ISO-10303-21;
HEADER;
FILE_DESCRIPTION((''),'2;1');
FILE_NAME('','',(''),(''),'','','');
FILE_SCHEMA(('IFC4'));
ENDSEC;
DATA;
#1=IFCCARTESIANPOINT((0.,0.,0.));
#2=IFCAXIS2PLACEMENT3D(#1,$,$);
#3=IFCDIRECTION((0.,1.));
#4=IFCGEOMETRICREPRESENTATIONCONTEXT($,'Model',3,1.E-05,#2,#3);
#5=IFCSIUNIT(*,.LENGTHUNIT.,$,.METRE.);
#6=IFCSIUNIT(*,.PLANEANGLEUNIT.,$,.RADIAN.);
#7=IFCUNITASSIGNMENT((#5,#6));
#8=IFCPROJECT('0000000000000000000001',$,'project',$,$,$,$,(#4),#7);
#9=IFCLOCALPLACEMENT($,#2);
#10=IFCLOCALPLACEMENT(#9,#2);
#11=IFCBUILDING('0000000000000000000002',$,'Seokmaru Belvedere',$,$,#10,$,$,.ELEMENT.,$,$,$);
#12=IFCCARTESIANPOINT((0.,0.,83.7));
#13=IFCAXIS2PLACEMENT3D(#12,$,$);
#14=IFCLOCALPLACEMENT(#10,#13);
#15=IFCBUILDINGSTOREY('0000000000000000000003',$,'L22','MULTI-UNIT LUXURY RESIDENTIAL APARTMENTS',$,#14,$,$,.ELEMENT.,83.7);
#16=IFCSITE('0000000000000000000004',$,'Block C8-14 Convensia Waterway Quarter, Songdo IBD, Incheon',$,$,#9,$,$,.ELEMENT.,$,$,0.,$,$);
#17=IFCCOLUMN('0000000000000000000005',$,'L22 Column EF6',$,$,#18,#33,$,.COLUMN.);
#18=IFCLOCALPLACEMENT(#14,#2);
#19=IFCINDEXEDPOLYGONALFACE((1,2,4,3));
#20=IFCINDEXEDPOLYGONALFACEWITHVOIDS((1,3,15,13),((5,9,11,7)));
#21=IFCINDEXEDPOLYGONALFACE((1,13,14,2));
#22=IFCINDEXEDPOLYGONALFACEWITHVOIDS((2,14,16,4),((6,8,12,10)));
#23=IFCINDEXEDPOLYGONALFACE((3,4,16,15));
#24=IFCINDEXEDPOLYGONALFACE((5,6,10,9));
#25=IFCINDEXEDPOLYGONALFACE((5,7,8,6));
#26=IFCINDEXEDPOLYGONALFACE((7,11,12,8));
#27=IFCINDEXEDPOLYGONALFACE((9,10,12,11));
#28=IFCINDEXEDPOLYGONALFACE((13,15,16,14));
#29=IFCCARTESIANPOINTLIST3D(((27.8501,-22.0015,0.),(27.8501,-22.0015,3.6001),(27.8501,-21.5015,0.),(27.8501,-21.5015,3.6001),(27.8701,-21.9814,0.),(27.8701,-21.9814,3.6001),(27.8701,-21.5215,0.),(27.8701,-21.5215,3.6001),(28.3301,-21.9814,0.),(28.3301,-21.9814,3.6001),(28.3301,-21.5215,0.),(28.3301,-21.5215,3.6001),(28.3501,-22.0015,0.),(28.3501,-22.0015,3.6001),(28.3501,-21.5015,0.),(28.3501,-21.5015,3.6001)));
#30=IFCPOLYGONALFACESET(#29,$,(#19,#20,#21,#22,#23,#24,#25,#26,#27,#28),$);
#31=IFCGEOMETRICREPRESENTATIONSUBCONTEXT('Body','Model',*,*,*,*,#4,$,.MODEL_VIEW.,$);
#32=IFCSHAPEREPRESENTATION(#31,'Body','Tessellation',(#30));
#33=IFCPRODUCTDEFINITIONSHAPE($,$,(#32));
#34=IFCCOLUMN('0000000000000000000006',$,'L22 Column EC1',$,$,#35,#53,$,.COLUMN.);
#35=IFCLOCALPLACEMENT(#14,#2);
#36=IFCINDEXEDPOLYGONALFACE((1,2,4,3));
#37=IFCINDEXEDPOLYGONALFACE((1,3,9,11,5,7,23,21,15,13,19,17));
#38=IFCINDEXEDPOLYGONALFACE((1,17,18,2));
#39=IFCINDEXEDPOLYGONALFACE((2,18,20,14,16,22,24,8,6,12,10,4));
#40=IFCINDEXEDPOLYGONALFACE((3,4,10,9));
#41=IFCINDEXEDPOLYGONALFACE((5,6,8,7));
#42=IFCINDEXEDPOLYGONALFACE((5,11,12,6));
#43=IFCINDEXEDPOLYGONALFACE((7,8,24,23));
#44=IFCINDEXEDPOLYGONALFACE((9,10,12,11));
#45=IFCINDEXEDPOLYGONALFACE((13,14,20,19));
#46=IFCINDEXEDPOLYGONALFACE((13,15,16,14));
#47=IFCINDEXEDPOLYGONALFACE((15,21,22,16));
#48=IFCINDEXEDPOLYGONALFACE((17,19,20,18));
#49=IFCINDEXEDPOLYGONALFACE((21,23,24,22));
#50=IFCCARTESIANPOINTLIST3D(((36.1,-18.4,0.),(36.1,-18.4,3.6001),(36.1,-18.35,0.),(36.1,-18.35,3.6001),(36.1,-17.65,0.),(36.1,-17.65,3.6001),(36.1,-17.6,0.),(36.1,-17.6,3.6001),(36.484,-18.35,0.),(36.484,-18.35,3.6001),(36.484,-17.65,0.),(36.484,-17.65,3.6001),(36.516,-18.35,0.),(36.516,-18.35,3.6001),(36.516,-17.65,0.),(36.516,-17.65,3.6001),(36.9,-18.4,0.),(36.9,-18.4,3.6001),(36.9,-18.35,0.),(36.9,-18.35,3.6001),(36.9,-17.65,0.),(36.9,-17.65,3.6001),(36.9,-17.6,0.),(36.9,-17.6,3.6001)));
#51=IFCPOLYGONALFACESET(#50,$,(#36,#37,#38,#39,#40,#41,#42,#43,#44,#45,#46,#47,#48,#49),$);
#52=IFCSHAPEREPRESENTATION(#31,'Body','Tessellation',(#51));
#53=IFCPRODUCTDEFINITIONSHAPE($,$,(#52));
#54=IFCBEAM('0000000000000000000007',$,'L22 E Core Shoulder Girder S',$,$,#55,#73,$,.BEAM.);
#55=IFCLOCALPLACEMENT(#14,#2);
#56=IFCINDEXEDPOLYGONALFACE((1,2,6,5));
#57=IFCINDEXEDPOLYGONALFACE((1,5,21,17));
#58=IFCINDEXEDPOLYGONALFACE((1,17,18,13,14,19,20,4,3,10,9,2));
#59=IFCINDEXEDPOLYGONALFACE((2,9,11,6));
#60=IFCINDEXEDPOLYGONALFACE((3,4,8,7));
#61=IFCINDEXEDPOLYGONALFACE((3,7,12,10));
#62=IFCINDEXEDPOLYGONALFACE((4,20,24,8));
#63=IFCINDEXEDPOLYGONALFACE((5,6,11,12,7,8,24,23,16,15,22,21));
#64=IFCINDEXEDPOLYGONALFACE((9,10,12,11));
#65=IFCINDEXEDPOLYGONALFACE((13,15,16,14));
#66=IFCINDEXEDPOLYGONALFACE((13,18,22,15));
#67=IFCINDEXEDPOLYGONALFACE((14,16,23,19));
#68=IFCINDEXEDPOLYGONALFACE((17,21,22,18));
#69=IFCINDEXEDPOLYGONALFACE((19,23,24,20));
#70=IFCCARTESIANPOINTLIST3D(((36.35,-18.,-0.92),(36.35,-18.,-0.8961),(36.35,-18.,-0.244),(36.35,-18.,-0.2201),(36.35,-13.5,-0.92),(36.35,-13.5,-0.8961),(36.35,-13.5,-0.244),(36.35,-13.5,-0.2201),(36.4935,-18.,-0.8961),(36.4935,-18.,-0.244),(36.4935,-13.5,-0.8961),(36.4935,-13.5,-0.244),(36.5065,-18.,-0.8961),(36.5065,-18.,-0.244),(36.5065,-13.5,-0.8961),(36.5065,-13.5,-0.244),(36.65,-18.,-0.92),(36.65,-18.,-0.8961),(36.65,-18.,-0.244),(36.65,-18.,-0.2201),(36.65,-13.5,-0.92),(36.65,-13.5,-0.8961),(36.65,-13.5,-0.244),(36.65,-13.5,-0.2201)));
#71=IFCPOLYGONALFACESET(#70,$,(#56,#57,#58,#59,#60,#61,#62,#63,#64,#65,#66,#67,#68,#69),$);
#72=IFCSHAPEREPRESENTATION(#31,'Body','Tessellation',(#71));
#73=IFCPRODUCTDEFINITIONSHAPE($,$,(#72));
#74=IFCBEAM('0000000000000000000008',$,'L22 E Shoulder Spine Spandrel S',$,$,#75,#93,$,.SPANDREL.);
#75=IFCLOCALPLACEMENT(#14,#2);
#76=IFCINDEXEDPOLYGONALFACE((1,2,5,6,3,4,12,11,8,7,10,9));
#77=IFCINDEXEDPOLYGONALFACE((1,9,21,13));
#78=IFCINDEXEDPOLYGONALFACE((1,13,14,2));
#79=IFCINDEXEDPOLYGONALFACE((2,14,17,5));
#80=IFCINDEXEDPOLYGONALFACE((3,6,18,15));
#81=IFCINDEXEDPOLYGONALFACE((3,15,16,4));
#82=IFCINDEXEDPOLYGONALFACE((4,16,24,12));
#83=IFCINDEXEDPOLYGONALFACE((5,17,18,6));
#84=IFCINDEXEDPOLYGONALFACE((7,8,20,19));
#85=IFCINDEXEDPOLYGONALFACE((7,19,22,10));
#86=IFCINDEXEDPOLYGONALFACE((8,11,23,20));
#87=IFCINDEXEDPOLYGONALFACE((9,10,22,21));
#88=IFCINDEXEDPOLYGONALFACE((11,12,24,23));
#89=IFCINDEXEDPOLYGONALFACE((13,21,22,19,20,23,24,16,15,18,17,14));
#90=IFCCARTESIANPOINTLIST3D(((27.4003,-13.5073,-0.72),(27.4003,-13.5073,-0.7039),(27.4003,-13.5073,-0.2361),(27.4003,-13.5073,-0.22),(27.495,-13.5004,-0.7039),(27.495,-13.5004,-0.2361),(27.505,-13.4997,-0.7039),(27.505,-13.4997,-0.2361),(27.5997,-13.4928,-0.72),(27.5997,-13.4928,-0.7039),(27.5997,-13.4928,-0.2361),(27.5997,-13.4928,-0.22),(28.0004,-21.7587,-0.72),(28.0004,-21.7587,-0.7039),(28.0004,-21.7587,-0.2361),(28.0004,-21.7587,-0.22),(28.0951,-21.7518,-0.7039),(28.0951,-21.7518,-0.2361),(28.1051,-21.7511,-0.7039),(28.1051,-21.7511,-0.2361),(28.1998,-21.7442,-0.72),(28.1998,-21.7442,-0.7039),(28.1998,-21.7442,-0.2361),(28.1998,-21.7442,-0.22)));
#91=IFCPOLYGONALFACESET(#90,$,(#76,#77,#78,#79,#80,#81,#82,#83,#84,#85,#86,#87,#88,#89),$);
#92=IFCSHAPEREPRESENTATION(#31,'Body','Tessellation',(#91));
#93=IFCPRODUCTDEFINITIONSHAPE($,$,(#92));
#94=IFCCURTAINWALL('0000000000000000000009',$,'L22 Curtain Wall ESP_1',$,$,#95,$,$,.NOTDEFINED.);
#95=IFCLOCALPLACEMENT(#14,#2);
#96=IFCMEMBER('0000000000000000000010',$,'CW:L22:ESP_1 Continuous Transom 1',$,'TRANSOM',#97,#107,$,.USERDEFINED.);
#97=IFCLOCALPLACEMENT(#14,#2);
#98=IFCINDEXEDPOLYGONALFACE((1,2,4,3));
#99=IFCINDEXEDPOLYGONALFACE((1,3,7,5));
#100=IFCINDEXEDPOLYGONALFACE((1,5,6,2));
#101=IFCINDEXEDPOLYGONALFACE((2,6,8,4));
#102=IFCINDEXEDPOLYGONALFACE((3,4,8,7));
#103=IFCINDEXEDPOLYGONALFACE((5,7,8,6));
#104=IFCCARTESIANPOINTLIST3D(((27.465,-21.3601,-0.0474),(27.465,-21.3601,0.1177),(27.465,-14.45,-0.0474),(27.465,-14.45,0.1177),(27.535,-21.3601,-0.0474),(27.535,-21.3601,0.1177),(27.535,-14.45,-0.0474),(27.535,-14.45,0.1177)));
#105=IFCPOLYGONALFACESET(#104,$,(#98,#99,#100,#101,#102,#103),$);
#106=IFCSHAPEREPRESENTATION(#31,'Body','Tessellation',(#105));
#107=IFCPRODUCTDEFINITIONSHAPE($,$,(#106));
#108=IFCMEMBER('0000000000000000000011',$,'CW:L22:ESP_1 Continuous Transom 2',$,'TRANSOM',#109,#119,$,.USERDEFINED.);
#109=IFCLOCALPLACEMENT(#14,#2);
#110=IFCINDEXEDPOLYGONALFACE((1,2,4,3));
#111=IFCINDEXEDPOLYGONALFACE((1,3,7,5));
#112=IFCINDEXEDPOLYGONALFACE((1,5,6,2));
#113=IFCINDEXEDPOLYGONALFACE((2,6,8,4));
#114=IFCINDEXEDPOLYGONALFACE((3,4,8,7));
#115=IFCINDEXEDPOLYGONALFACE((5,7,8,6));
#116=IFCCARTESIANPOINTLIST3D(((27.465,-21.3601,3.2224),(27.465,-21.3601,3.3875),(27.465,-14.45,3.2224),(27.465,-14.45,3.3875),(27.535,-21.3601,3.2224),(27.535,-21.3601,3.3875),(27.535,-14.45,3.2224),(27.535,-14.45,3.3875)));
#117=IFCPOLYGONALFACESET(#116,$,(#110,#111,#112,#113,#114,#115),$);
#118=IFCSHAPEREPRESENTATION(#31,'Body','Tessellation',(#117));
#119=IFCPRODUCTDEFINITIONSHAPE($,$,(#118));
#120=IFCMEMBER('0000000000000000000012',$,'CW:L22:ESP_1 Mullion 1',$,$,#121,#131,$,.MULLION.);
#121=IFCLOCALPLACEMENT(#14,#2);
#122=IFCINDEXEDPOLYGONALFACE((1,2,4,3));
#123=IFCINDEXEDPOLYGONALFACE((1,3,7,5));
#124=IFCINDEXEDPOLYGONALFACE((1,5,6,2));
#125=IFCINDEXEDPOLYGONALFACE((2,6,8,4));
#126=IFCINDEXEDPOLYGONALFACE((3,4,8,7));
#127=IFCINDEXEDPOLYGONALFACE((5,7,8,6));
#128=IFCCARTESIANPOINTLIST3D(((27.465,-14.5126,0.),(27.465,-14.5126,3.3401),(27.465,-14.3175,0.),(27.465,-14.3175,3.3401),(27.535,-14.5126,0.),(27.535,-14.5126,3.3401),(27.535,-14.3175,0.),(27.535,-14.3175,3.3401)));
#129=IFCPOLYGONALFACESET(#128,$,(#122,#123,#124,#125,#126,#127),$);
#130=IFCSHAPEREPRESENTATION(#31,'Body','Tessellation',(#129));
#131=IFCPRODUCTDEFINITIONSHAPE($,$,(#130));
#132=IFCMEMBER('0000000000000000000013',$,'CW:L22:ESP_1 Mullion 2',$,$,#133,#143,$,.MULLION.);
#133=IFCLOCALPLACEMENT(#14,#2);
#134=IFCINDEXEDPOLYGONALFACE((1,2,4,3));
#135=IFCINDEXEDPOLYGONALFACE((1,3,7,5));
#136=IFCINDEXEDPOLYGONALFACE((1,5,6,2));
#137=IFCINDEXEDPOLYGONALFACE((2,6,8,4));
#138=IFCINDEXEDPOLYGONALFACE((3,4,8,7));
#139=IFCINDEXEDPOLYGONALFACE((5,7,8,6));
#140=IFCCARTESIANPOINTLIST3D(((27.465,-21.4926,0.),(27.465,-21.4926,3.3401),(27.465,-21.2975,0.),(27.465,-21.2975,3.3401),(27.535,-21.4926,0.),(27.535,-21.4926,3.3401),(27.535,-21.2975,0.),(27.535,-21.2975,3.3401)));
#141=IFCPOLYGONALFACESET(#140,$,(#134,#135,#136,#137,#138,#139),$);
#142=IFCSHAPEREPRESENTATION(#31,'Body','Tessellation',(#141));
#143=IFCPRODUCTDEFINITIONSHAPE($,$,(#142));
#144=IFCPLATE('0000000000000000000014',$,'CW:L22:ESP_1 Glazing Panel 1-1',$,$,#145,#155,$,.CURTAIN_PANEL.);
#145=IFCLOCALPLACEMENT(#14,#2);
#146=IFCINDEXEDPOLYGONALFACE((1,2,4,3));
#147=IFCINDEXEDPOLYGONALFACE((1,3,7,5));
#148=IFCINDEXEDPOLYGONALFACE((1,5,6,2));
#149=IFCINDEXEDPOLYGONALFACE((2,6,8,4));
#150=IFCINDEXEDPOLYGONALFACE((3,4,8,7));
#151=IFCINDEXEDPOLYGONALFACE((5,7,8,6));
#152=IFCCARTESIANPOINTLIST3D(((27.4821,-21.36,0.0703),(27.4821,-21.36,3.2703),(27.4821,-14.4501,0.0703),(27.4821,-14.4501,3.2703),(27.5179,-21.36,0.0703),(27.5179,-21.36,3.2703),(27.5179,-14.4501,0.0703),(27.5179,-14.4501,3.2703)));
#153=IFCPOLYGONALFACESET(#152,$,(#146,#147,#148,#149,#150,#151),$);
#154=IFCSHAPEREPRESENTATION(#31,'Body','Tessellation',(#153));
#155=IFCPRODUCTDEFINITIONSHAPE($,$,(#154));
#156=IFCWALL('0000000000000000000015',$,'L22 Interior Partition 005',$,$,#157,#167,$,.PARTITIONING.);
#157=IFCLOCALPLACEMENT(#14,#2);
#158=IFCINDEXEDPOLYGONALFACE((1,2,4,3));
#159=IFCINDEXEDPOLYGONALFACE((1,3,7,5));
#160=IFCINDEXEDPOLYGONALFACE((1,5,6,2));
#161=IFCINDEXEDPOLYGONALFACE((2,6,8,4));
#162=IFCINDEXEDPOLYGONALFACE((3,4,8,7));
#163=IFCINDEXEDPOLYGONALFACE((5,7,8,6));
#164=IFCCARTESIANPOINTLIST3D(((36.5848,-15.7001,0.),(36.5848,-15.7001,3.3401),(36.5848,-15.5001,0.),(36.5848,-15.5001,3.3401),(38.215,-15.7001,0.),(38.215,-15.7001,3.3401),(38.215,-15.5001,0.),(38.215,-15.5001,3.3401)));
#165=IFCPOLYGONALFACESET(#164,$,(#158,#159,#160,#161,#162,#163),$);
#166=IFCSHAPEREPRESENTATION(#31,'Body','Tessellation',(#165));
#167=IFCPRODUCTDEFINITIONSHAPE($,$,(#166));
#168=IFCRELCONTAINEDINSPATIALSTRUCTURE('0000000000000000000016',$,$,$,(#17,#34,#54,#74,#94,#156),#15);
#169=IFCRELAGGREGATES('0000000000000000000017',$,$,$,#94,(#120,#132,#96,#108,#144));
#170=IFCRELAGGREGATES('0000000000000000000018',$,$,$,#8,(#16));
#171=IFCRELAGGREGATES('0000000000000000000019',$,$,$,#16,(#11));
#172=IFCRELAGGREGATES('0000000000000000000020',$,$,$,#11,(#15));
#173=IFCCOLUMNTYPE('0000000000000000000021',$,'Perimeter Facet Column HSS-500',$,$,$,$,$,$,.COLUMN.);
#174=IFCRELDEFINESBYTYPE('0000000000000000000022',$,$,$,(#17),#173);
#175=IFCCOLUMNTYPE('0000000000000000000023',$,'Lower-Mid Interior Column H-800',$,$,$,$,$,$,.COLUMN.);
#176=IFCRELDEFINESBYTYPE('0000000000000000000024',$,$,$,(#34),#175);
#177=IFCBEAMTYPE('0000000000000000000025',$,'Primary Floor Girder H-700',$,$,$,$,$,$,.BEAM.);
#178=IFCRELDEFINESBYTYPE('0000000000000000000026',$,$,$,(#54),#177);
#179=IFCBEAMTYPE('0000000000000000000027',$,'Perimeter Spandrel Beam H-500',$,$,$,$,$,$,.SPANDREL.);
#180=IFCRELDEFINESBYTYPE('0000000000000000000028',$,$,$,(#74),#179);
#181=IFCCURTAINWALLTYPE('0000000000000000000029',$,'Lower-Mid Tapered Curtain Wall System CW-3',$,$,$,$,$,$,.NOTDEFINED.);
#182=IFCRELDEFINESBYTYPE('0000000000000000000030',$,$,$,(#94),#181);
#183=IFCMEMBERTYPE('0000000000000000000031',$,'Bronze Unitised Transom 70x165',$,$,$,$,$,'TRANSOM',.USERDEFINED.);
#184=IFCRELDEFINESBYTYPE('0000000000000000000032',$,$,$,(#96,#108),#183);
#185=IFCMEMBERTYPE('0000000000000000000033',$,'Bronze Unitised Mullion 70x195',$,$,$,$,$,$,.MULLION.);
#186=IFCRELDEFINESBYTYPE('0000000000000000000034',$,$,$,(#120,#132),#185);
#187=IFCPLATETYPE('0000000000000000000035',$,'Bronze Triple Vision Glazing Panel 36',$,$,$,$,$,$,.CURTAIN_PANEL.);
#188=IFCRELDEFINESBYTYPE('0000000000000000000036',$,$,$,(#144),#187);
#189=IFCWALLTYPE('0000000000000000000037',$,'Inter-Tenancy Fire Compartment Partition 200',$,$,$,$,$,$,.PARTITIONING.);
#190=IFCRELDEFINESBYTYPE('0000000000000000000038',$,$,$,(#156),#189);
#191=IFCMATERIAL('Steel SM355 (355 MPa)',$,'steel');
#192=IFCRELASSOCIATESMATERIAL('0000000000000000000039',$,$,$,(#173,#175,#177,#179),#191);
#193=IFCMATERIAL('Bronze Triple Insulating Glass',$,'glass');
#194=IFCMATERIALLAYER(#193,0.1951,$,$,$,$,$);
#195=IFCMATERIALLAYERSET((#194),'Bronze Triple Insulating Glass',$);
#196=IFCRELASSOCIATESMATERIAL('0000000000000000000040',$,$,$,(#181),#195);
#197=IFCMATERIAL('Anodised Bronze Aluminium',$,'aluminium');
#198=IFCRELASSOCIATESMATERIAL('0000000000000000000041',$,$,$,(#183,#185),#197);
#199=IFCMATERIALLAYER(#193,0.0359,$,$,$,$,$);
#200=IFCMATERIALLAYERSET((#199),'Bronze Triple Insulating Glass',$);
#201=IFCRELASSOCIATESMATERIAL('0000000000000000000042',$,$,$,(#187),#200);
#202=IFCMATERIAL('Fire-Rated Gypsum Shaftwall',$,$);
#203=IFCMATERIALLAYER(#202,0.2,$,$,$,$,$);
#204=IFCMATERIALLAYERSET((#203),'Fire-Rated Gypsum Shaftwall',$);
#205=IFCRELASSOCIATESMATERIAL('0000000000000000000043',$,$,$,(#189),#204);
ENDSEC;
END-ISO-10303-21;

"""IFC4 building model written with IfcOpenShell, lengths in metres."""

from ifc_helpers import new_model, si_unit, direction, frame, frame_2d, origin, origin_2d, place, context, subcontext, project, spatial, rectangle, hollow_rectangle, i_section, extrude, source, transform, mapped, material, layer, layer_set, material_profile, profile_set, type_object, type_shapes, element, aggregate, save


model = new_model("IFC4")

# Units and contexts
model_context = context("Model", 3, precision=1e-05, world=origin(), true_north=direction((0.0, 1.0)))
body_context = subcontext(model_context, "Body", "Model", "MODEL_VIEW")
ifc_project = project(units=[si_unit("LENGTHUNIT", "METRE"), si_unit("PLANEANGLEUNIT", "RADIAN")], contexts=[model_context])

# Site, building, storey
site_placement = place(None, origin())
site = spatial("IfcSite", under=ifc_project, at=site_placement, Name="Block C8-14 Convensia Waterway Quarter, Songdo IBD, Incheon", CompositionType="ELEMENT", RefElevation=0.0)
building_placement = place(site_placement, origin())
building = spatial("IfcBuilding", under=site, at=building_placement, Name="Seokmaru Belvedere", CompositionType="ELEMENT")
storey_placement = place(building_placement, frame((0.0, 0.0, 83.7)))
storey = spatial("IfcBuildingStorey", under=building, at=storey_placement, Name="L22", Description="MULTI-UNIT LUXURY RESIDENTIAL APARTMENTS", CompositionType="ELEMENT", Elevation=83.7)

# Columns
ifc_material_1 = material(Name="Steel SM355 (355 MPa)", Category="steel")
ifc_material_profile_1 = material_profile(ifc_material_1, hollow_rectangle(XDim=0.5, YDim=0.5, WallThickness=0.02, at=origin_2d()), Name="HSS-500x500x20")
ifc_profile_set_1 = profile_set([ifc_material_profile_1], Name="Steel SM355 (355 MPa)")
column_type_1 = type_object("IfcColumnType", Name="Perimeter Facet Column HSS-500", PredefinedType="COLUMN", material=ifc_profile_set_1)
shared_shape_1 = source(origin(), body_context, "Body", "SweptSolid", [
    extrude(hollow_rectangle(XDim=0.5, YDim=0.5, WallThickness=0.02, at=origin_2d()), origin(), (0.0, 0.0, 1.0), 3.6001),
])
type_shapes(column_type_1, [shared_shape_1])
column_1_placement = place(storey_placement, frame((28.1001, -21.7515, 0.0), z_axis=(0.0, 0.0, 1.0), x_axis=(1.0, 0.0, 0.0)))
element("IfcColumn", 1, at=column_1_placement, inside=storey, type_object=column_type_1, Name="L22 Column EF6", PredefinedType="COLUMN", context=body_context, shape_type="MappedRepresentation", body=[
    mapped(shared_shape_1, transform((0.0, 0.0, 0.0), scale=1.0)),
])
ifc_material_profile_2 = material_profile(ifc_material_1, i_section(OverallWidth=0.8, OverallDepth=0.8, WebThickness=0.032, FlangeThickness=0.05, at=origin_2d()), Name="H-800x800x32x50")
ifc_profile_set_2 = profile_set([ifc_material_profile_2], Name="Steel SM355 (355 MPa)")
column_type_2 = type_object("IfcColumnType", Name="Lower-Mid Interior Column H-800", PredefinedType="COLUMN", material=ifc_profile_set_2)
shared_shape_2 = source(origin(), body_context, "Body", "SweptSolid", [
    extrude(i_section(OverallWidth=0.8, OverallDepth=0.8, WebThickness=0.032, FlangeThickness=0.05, at=origin_2d()), origin(), (0.0, 0.0, 1.0), 3.6001),
])
type_shapes(column_type_2, [shared_shape_2])
column_2_placement = place(storey_placement, frame((36.5, -18.0, 0.0), z_axis=(0.0, 0.0, 1.0), x_axis=(1.0, 0.0, 0.0)))
element("IfcColumn", 2, at=column_2_placement, inside=storey, type_object=column_type_2, Name="L22 Column EC1", PredefinedType="COLUMN", context=body_context, shape_type="MappedRepresentation", body=[
    mapped(shared_shape_2, transform((0.0, 0.0, 0.0), scale=1.0)),
])

# Beams
ifc_material_profile_3 = material_profile(ifc_material_1, i_section(OverallWidth=0.3, OverallDepth=0.7, WebThickness=0.0129, FlangeThickness=0.0239, at=origin_2d()), Name="H-700x300x13x24")
ifc_profile_set_3 = profile_set([ifc_material_profile_3], Name="Steel SM355 (355 MPa)")
beam_type_1 = type_object("IfcBeamType", Name="Primary Floor Girder H-700", PredefinedType="BEAM", material=ifc_profile_set_3)
shared_shape_3 = source(origin(), body_context, "Body", "SweptSolid", [
    extrude(i_section(OverallWidth=0.3, OverallDepth=0.7, WebThickness=0.0129, FlangeThickness=0.0239, at=origin_2d()), origin(), (0.0, 0.0, 1.0), 4.5),
])
type_shapes(beam_type_1, [shared_shape_3])
beam_1_placement = place(storey_placement, frame((36.5, -18.0, -0.5701), z_axis=(0.0, 1.0, 0.0), x_axis=(-1.0, 0.0, 0.0)))
element("IfcBeam", 3, at=beam_1_placement, inside=storey, type_object=beam_type_1, Name="L22 E Core Shoulder Girder S", PredefinedType="BEAM", context=body_context, shape_type="MappedRepresentation", body=[
    mapped(shared_shape_3, transform((0.0, 0.0, 0.0), scale=1.0)),
])
ifc_material_profile_4 = material_profile(ifc_material_1, i_section(OverallWidth=0.2, OverallDepth=0.5, WebThickness=0.01, FlangeThickness=0.0161, at=origin_2d()), Name="H-500x200x10x16")
ifc_profile_set_4 = profile_set([ifc_material_profile_4], Name="Steel SM355 (355 MPa)")
beam_type_2 = type_object("IfcBeamType", Name="Perimeter Spandrel Beam H-500", PredefinedType="SPANDREL", material=ifc_profile_set_4)
shared_shape_4 = source(origin(), body_context, "Body", "SweptSolid", [
    extrude(i_section(OverallWidth=0.2, OverallDepth=0.5, WebThickness=0.01, FlangeThickness=0.0161, at=origin_2d()), origin(), (0.0, 0.0, 1.0), 8.2732),
])
type_shapes(beam_type_2, [shared_shape_4])
beam_2_placement = place(storey_placement, frame((28.1001, -21.7515, -0.47), z_axis=(-0.072535, 0.997366, 0.0), x_axis=(-0.997366, -0.072535, 0.0)))
element("IfcBeam", 4, at=beam_2_placement, inside=storey, type_object=beam_type_2, Name="L22 E Shoulder Spine Spandrel S", PredefinedType="SPANDREL", context=body_context, shape_type="MappedRepresentation", body=[
    mapped(shared_shape_4, transform((0.0, 0.0, 0.0), scale=1.0)),
])

# Curtain wall, members, plate
ifc_material_2 = material(Name="Bronze Triple Insulating Glass", Category="glass")
ifc_layer_1 = layer(ifc_material_2, 0.1951)
ifc_layer_set_1 = layer_set([ifc_layer_1], Name="Bronze Triple Insulating Glass")
curtain_wall_type = type_object("IfcCurtainWallType", Name="Lower-Mid Tapered Curtain Wall System CW-3", PredefinedType="NOTDEFINED", material=ifc_layer_set_1)
curtain_wall_placement = place(storey_placement, origin())
curtain_wall = element("IfcCurtainWall", 5, at=curtain_wall_placement, inside=storey, type_object=curtain_wall_type, Name="L22 Curtain Wall ESP_1", PredefinedType="NOTDEFINED")
ifc_material_3 = material(Name="Anodised Bronze Aluminium", Category="aluminium")
ifc_material_profile_5 = material_profile(ifc_material_3, rectangle(XDim=0.0701, YDim=0.165, at=origin_2d()), Name="CW-T-70x165")
ifc_profile_set_5 = profile_set([ifc_material_profile_5], Name="Anodised Bronze Aluminium")
member_type_1 = type_object("IfcMemberType", Name="Bronze Unitised Transom 70x165", ElementType="TRANSOM", PredefinedType="USERDEFINED", material=ifc_profile_set_5)
shared_shape_5 = source(origin(), body_context, "Body", "SweptSolid", [
    extrude(rectangle(XDim=0.0701, YDim=0.165, at=origin_2d()), origin(), (0.0, 0.0, 1.0), 6.9102),
])
type_shapes(member_type_1, [shared_shape_5])
member_1_placement = place(storey_placement, frame((27.5, -14.45, 0.0352), z_axis=(0.0, -1.0, 0.0), x_axis=(1.0, 0.0, 0.0)))
member_1 = element("IfcMember", 6, at=member_1_placement, type_object=member_type_1, Name="CW:L22:ESP_1 Continuous Transom 1", ObjectType="TRANSOM", PredefinedType="USERDEFINED", context=body_context, shape_type="MappedRepresentation", body=[
    mapped(shared_shape_5, transform((0.0, 0.0, 0.0), scale=1.0)),
])
member_2_placement = place(storey_placement, frame((27.5, -14.45, 3.3049), z_axis=(0.0, -1.0, 0.0), x_axis=(1.0, 0.0, 0.0)))
member_2 = element("IfcMember", 7, at=member_2_placement, type_object=member_type_1, Name="CW:L22:ESP_1 Continuous Transom 2", ObjectType="TRANSOM", PredefinedType="USERDEFINED", context=body_context, shape_type="MappedRepresentation", body=[
    mapped(shared_shape_5, transform((0.0, 0.0, 0.0), scale=1.0)),
])
ifc_material_profile_6 = material_profile(ifc_material_3, rectangle(XDim=0.0701, YDim=0.1951, at=origin_2d()), Name="CW-M-70x195")
ifc_profile_set_6 = profile_set([ifc_material_profile_6], Name="Anodised Bronze Aluminium")
member_type_2 = type_object("IfcMemberType", Name="Bronze Unitised Mullion 70x195", PredefinedType="MULLION", material=ifc_profile_set_6)
shared_shape_6 = source(origin(), body_context, "Body", "SweptSolid", [
    extrude(rectangle(XDim=0.0701, YDim=0.1951, at=origin_2d()), origin(), (0.0, 0.0, 1.0), 3.3401),
])
type_shapes(member_type_2, [shared_shape_6])
member_3_placement = place(storey_placement, frame((27.5, -14.415, 0.0), z_axis=(0.0, 0.0, 1.0), x_axis=(1.0, 0.0, 0.0)))
member_3 = element("IfcMember", 8, at=member_3_placement, type_object=member_type_2, Name="CW:L22:ESP_1 Mullion 1", PredefinedType="MULLION", context=body_context, shape_type="MappedRepresentation", body=[
    mapped(shared_shape_6, transform((0.0, 0.0, 0.0), scale=1.0)),
])
member_4_placement = place(storey_placement, frame((27.5, -21.395, 0.0), z_axis=(0.0, 0.0, 1.0), x_axis=(1.0, 0.0, 0.0)))
member_4 = element("IfcMember", 9, at=member_4_placement, type_object=member_type_2, Name="CW:L22:ESP_1 Mullion 2", PredefinedType="MULLION", context=body_context, shape_type="MappedRepresentation", body=[
    mapped(shared_shape_6, transform((0.0, 0.0, 0.0), scale=1.0)),
])
ifc_layer_2 = layer(ifc_material_2, 0.0359)
ifc_layer_set_2 = layer_set([ifc_layer_2], Name="Bronze Triple Insulating Glass")
plate_type = type_object("IfcPlateType", Name="Bronze Triple Vision Glazing Panel 36", PredefinedType="CURTAIN_PANEL", material=ifc_layer_set_2)
shared_shape_7 = source(origin(), body_context, "Body", "SweptSolid", [
    extrude(rectangle(XDim=6.9099, YDim=0.0359, at=origin_2d()), origin(), (0.0, 0.0, 1.0), 3.2),
])
type_shapes(plate_type, [shared_shape_7])
plate_placement = place(storey_placement, frame((27.5, -17.905, 0.0703), z_axis=(0.0, 0.0, 1.0), x_axis=(0.0, -1.0, 0.0)))
plate = element("IfcPlate", 10, at=plate_placement, type_object=plate_type, Name="CW:L22:ESP_1 Glazing Panel 1-1", PredefinedType="CURTAIN_PANEL", context=body_context, shape_type="MappedRepresentation", body=[
    mapped(shared_shape_7, transform((0.0, 0.0, 0.0), scale=1.0)),
])
aggregate(curtain_wall, [member_3, member_4, member_1, member_2, plate])

# Shared definitions
ifc_material_4 = material(Name="Fire-Rated Gypsum Shaftwall")

# Wall
ifc_layer_3 = layer(ifc_material_4, 0.2)
ifc_layer_set_3 = layer_set([ifc_layer_3], Name="Fire-Rated Gypsum Shaftwall")
wall_type_1 = type_object("IfcWallType", Name="Inter-Tenancy Fire Compartment Partition 200", PredefinedType="PARTITIONING", material=ifc_layer_set_3)
wall_1_placement = place(storey_placement, frame((36.585, -15.6001, 0.0), z_axis=(0.0, 0.0, 1.0), x_axis=(1.0, 0.0, 0.0)))
element("IfcWall", 11, at=wall_1_placement, inside=storey, type_object=wall_type_1, Name="L22 Interior Partition 005", PredefinedType="PARTITIONING", context=body_context, shape_type="SweptSolid", body=[
    extrude(rectangle(XDim=1.6301, YDim=0.2, at=frame_2d((0.8149, 0.0))), origin(), (0.0, 0.0, 1.0), 3.3401),
])

save(model, "model.ifc")
